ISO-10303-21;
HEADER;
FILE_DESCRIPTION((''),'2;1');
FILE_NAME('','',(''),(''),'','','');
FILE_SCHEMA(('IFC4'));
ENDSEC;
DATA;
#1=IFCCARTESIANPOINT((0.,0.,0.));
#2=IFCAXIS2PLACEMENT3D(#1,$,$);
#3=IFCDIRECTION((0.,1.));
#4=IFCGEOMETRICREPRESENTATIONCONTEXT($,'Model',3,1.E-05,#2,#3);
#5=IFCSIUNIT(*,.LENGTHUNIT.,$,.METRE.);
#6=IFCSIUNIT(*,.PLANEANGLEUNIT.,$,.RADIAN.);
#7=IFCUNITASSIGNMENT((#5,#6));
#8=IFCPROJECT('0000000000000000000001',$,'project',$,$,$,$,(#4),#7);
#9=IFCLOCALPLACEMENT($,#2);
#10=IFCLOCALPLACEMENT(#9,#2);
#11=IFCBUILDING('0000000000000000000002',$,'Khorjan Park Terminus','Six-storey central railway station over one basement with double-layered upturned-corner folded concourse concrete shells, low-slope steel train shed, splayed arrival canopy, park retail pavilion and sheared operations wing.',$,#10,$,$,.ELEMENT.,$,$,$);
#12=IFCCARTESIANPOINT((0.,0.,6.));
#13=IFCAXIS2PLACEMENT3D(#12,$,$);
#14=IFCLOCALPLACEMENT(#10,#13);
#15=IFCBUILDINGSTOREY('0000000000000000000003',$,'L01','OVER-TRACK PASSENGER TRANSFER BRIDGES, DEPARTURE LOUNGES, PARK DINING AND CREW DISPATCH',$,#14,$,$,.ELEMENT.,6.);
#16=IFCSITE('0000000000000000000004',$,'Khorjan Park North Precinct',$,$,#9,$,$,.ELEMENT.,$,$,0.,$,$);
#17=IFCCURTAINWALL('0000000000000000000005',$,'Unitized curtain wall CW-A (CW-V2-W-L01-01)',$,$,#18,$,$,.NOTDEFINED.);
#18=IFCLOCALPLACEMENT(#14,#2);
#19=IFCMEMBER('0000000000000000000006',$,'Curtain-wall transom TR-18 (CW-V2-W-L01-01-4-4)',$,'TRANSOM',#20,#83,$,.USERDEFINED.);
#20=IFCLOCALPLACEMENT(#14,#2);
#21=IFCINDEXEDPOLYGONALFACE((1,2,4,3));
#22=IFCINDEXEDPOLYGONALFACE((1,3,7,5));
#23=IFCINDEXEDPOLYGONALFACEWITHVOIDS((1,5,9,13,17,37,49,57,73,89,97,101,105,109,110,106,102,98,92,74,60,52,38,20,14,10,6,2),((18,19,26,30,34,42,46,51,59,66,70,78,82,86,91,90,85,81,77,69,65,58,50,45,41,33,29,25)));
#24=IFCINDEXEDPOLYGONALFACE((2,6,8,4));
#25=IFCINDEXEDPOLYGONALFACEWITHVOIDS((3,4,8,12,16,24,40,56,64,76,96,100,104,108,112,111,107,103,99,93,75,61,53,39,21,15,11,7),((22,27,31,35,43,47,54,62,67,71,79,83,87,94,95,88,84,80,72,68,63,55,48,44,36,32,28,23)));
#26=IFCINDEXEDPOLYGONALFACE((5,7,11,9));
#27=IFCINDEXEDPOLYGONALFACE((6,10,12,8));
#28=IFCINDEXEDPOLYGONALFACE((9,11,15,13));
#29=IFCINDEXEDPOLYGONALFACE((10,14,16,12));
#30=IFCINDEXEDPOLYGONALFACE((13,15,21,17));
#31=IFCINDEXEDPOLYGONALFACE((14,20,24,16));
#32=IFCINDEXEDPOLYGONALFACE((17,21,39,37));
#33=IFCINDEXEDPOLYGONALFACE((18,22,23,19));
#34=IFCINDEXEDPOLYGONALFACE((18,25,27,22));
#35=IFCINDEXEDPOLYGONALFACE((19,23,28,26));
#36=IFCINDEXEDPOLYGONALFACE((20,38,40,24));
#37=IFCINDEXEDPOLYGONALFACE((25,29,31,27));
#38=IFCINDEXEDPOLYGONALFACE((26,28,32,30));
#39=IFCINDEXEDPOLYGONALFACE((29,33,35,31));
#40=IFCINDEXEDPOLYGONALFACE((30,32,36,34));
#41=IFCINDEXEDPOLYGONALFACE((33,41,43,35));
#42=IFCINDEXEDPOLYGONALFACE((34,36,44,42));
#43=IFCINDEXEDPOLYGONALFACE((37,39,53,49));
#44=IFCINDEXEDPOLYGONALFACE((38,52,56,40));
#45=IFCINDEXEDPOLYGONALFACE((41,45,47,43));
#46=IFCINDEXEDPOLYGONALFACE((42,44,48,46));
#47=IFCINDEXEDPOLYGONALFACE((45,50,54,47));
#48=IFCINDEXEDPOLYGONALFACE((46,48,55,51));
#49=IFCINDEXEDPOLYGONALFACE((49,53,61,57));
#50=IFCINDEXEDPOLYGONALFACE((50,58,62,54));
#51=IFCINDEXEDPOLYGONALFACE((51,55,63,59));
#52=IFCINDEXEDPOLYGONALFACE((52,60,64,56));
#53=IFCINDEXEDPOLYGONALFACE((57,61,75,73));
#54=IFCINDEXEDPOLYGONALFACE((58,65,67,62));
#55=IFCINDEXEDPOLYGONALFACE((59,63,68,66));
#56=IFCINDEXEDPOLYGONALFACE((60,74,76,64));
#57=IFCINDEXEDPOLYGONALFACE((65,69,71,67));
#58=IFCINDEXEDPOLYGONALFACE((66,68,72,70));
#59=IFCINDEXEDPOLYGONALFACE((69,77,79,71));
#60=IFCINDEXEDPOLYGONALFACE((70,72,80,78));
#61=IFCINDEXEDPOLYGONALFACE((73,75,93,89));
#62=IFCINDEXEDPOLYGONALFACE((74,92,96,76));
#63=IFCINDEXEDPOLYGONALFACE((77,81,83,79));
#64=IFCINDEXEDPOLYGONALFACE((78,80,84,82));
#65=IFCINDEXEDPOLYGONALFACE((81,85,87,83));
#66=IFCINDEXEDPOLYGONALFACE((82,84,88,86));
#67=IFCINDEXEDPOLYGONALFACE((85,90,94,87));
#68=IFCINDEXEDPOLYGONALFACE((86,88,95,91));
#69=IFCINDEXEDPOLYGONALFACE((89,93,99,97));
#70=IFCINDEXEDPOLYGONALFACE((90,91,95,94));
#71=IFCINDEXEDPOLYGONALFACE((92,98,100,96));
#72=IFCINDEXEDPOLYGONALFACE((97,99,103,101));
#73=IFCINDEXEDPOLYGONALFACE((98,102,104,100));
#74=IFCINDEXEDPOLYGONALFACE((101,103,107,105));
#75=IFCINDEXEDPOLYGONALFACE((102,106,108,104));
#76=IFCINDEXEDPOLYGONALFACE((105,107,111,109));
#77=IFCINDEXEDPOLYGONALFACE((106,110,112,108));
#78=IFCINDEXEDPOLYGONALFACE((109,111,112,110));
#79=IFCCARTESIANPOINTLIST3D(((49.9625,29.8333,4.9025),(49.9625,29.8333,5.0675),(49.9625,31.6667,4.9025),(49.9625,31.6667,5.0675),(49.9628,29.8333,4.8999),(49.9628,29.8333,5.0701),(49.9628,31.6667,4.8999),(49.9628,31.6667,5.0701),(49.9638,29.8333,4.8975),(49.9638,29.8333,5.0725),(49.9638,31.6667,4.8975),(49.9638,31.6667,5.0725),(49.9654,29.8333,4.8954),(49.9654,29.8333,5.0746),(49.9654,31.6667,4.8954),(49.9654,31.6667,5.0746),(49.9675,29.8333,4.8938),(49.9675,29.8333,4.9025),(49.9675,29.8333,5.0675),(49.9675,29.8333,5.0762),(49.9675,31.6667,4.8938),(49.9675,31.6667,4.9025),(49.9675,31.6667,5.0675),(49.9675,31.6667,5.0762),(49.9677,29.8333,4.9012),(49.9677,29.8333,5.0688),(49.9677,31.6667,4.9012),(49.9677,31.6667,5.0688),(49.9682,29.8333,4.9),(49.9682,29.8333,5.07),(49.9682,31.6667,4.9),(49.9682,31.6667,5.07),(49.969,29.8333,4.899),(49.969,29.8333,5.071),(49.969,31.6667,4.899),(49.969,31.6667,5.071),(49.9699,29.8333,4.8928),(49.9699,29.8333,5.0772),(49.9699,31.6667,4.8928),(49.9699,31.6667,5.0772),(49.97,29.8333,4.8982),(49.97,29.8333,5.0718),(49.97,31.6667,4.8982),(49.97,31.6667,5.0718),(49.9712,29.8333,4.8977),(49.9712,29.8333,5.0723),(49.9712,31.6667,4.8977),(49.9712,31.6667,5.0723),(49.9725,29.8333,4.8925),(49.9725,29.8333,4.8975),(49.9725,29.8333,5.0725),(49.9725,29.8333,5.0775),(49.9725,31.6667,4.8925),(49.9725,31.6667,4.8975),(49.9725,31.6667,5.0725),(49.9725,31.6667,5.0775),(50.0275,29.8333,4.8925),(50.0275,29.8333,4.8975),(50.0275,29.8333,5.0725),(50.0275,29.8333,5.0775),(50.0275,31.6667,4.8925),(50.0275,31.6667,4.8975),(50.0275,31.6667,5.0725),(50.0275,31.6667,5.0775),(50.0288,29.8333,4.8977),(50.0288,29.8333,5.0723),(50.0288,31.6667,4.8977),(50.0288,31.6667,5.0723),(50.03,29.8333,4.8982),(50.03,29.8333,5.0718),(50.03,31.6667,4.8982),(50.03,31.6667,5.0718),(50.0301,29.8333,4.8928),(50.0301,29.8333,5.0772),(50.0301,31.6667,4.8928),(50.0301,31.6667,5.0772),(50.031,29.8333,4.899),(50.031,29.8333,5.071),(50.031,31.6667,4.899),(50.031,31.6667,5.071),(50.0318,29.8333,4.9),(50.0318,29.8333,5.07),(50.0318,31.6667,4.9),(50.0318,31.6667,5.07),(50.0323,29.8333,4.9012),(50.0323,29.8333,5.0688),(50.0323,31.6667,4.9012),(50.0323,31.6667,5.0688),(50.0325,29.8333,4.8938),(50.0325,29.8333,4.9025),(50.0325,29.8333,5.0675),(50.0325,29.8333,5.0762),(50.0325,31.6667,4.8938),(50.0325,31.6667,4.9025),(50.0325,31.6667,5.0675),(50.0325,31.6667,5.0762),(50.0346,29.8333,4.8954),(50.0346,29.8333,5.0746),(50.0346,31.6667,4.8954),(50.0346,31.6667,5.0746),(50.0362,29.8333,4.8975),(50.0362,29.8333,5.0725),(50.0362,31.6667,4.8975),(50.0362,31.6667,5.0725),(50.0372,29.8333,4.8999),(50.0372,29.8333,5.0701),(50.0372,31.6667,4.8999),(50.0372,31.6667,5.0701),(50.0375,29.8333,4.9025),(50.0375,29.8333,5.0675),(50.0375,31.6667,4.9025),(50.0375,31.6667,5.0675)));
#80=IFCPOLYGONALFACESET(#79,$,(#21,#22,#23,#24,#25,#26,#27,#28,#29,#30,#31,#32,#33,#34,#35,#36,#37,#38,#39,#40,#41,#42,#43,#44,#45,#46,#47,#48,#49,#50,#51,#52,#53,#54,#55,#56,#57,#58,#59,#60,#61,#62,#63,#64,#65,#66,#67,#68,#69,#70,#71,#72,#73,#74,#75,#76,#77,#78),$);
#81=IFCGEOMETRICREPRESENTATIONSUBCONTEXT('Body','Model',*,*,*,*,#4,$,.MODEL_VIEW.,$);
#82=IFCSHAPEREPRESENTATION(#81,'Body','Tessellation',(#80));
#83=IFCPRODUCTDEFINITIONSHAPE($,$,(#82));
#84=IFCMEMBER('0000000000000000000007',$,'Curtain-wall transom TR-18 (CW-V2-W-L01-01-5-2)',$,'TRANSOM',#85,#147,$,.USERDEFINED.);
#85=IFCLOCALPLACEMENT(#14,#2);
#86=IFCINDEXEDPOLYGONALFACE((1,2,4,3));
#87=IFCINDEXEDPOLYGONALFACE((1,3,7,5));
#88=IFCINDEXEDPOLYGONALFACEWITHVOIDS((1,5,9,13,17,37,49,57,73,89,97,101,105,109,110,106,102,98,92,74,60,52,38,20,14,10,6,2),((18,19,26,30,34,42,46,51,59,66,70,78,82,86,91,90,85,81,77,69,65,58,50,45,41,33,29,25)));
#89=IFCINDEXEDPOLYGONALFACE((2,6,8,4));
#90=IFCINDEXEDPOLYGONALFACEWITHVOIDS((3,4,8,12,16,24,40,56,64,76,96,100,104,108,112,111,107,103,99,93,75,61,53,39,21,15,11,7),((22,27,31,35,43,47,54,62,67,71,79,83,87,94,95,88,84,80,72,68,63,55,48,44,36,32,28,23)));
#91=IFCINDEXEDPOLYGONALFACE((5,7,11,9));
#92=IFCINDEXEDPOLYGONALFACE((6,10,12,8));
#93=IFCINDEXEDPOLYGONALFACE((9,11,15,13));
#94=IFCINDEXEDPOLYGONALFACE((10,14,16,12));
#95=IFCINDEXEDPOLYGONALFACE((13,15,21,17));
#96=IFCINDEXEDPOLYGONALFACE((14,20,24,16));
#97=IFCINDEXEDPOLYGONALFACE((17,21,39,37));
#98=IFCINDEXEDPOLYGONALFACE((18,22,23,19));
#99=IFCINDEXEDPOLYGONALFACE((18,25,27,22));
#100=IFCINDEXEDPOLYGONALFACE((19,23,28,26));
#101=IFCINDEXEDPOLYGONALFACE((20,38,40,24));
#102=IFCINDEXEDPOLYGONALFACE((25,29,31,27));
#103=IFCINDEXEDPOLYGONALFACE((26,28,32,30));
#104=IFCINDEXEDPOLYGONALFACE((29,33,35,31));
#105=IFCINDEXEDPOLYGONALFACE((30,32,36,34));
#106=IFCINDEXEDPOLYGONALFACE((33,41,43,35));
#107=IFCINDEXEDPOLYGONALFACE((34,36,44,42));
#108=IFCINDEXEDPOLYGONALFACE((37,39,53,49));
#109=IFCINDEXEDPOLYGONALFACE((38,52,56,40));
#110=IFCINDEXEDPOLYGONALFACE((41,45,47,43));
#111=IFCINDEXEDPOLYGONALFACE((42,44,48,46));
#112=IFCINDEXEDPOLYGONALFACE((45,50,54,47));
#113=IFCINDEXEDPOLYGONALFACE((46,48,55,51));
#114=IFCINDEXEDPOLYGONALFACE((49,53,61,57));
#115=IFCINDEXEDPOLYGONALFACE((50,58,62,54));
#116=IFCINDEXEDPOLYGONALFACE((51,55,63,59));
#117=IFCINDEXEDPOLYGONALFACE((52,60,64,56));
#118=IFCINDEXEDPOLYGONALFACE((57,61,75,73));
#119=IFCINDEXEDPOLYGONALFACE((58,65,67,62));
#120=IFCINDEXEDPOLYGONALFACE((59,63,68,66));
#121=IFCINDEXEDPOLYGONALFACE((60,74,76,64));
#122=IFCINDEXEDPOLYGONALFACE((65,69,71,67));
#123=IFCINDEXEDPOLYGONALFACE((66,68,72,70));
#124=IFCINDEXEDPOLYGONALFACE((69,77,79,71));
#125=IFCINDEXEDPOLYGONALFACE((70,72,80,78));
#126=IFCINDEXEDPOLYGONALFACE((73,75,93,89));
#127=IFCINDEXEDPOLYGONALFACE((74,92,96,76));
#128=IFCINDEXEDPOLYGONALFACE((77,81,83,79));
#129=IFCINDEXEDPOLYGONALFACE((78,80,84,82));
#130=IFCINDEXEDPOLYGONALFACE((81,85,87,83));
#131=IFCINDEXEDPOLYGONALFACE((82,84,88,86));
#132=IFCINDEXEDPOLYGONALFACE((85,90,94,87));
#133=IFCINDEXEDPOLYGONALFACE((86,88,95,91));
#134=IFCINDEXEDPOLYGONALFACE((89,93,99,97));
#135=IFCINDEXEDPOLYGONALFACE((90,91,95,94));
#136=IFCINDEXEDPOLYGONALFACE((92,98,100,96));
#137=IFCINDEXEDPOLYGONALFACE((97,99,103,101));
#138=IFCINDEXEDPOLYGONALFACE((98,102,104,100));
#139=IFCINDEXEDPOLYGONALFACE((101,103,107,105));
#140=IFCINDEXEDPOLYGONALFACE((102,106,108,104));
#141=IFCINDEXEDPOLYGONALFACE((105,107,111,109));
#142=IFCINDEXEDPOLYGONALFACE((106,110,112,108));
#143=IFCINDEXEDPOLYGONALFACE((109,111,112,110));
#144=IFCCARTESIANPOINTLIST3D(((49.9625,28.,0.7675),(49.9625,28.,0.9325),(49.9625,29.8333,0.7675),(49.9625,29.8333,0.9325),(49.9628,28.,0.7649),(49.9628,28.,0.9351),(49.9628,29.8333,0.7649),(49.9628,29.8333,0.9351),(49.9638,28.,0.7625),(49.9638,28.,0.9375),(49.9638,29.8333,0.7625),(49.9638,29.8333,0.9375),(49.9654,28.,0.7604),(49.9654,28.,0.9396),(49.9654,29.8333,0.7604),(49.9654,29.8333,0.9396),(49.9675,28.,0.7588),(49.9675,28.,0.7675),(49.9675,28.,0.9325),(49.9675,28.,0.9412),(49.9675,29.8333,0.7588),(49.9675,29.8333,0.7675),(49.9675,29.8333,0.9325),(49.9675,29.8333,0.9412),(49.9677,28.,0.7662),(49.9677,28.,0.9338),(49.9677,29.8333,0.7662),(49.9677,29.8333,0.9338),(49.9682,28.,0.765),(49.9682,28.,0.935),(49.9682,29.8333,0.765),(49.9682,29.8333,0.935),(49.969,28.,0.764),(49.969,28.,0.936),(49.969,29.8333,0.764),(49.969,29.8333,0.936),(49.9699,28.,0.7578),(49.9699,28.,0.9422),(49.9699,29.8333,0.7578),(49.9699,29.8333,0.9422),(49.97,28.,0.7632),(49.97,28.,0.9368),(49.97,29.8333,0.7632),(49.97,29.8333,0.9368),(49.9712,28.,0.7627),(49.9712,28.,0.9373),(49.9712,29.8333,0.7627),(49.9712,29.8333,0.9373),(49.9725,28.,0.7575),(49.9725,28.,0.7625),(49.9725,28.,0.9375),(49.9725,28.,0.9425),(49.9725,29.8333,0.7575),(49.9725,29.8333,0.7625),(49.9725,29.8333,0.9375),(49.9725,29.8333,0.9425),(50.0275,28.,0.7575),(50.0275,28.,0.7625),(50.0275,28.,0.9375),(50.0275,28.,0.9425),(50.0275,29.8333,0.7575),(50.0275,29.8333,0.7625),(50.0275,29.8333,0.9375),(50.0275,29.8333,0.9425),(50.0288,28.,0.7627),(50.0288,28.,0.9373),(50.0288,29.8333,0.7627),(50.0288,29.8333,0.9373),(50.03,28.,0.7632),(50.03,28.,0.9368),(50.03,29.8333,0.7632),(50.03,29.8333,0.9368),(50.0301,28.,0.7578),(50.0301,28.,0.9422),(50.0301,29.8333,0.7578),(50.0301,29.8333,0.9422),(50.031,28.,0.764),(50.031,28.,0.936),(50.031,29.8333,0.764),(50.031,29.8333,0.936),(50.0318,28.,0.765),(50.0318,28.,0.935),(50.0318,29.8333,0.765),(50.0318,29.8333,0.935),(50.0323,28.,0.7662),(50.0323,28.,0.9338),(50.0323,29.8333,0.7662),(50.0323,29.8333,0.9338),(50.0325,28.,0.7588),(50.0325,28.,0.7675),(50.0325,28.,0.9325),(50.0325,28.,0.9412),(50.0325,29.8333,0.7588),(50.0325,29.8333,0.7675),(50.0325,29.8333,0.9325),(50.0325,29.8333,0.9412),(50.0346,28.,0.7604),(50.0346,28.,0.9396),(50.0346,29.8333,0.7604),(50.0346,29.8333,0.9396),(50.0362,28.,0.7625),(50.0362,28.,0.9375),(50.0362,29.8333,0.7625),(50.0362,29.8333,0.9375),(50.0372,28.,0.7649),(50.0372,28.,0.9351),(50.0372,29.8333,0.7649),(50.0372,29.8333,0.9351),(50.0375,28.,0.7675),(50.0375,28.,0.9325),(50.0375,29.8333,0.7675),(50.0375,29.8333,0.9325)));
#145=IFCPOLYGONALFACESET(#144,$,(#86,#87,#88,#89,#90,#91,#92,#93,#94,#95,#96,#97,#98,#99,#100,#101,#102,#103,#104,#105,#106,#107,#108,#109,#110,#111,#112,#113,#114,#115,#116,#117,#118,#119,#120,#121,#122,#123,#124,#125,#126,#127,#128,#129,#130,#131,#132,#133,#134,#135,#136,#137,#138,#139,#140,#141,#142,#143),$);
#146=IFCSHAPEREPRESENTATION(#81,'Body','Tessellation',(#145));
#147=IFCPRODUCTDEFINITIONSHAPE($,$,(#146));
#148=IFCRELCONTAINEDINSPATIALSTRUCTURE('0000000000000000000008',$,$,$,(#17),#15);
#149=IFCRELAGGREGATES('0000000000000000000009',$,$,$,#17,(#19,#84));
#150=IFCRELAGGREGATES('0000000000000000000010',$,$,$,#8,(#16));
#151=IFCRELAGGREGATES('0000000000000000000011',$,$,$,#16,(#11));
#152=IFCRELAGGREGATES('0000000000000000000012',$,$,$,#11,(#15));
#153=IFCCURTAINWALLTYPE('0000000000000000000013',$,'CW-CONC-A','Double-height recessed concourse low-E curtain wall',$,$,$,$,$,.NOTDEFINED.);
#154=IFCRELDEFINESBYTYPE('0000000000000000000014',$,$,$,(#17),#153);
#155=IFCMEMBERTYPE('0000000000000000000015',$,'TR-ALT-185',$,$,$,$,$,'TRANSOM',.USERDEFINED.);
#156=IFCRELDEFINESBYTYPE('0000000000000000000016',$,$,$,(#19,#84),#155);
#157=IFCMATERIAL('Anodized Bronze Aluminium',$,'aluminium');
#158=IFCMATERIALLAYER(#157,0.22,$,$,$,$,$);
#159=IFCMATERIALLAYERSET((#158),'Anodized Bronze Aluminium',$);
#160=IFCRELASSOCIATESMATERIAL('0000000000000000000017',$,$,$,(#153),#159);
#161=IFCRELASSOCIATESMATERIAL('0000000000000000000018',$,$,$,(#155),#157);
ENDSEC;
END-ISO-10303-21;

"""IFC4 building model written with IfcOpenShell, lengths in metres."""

from ifc_helpers import new_model, si_unit, direction, frame, origin, origin_2d, place, context, subcontext, project, spatial, hollow_rectangle, extrude, material, layer, layer_set, material_profile, profile_set, type_object, element, aggregate, save


model = new_model("IFC4")

# Units and contexts
model_context = context("Model", 3, precision=1e-05, world=origin(), true_north=direction((0.0, 1.0)))
body_context = subcontext(model_context, "Body", "Model", "MODEL_VIEW")
ifc_project = project(units=[si_unit("LENGTHUNIT", "METRE"), si_unit("PLANEANGLEUNIT", "RADIAN")], contexts=[model_context])

# Site, building, storey
site_placement = place(None, origin())
site = spatial("IfcSite", under=ifc_project, at=site_placement, Name="Khorjan Park North Precinct", CompositionType="ELEMENT", RefElevation=0.0)
building_placement = place(site_placement, origin())
building = spatial("IfcBuilding", under=site, at=building_placement, Name="Khorjan Park Terminus", Description="Six-storey central railway station over one basement with double-layered upturned-corner folded concourse concrete shells, low-slope steel train shed, splayed arrival canopy, park retail pavilion and sheared operations wing.", CompositionType="ELEMENT")
storey_placement = place(building_placement, frame((0.0, 0.0, 6.0)))
storey = spatial("IfcBuildingStorey", under=building, at=storey_placement, Name="L01", Description="OVER-TRACK PASSENGER TRANSFER BRIDGES, DEPARTURE LOUNGES, PARK DINING AND CREW DISPATCH", CompositionType="ELEMENT", Elevation=6.0)

# Curtain wall
ifc_material_1 = material(Name="Anodized Bronze Aluminium", Category="aluminium")
ifc_layer_1 = layer(ifc_material_1, 0.22)
ifc_layer_set_1 = layer_set([ifc_layer_1], Name="Anodized Bronze Aluminium")
curtain_wall_type = type_object("IfcCurtainWallType", Name="CW-CONC-A", Description="Double-height recessed concourse low-E curtain wall", PredefinedType="NOTDEFINED", material=ifc_layer_set_1)
curtain_wall_placement = place(storey_placement, origin())
curtain_wall = element("IfcCurtainWall", 1, at=curtain_wall_placement, inside=storey, type_object=curtain_wall_type, Name="Unitized curtain wall CW-A (CW-V2-W-L01-01)", PredefinedType="NOTDEFINED")

# Members
ifc_material_profile_1 = material_profile(ifc_material_1, hollow_rectangle(XDim=0.075, YDim=0.185, WallThickness=0.005, InnerFilletRadius=0.005, OuterFilletRadius=0.01, at=origin_2d()), Name="ALT 75x185x5")
ifc_profile_set_1 = profile_set([ifc_material_profile_1], Name="Anodized Bronze Aluminium")
member_type_1 = type_object("IfcMemberType", Name="TR-ALT-185", ElementType="TRANSOM", PredefinedType="USERDEFINED", material=ifc_profile_set_1)
member_1_placement = place(storey_placement, frame((50.0, 31.6667, 4.985), z_axis=(0.0, -1.0, 0.0), x_axis=(1.0, 0.0, 0.0)))
member_1 = element("IfcMember", 2, at=member_1_placement, type_object=member_type_1, Name="Curtain-wall transom TR-18 (CW-V2-W-L01-01-4-4)", ObjectType="TRANSOM", PredefinedType="USERDEFINED", context=body_context, shape_type="SweptSolid", body=[
    extrude(hollow_rectangle(XDim=0.075, YDim=0.185, WallThickness=0.005, InnerFilletRadius=0.005, OuterFilletRadius=0.01, at=origin_2d()), origin(), (0.0, 0.0, 1.0), 1.8334),
])
member_2_placement = place(storey_placement, frame((50.0, 29.8333, 0.85), z_axis=(0.0, -1.0, 0.0), x_axis=(1.0, 0.0, 0.0)))
member_2 = element("IfcMember", 3, at=member_2_placement, type_object=member_type_1, Name="Curtain-wall transom TR-18 (CW-V2-W-L01-01-5-2)", ObjectType="TRANSOM", PredefinedType="USERDEFINED", context=body_context, shape_type="SweptSolid", body=[
    extrude(hollow_rectangle(XDim=0.075, YDim=0.185, WallThickness=0.005, InnerFilletRadius=0.005, OuterFilletRadius=0.01, at=origin_2d()), origin(), (0.0, 0.0, 1.0), 1.8333),
])

aggregate(curtain_wall, [member_1, member_2])

save(model, "model.ifc")
